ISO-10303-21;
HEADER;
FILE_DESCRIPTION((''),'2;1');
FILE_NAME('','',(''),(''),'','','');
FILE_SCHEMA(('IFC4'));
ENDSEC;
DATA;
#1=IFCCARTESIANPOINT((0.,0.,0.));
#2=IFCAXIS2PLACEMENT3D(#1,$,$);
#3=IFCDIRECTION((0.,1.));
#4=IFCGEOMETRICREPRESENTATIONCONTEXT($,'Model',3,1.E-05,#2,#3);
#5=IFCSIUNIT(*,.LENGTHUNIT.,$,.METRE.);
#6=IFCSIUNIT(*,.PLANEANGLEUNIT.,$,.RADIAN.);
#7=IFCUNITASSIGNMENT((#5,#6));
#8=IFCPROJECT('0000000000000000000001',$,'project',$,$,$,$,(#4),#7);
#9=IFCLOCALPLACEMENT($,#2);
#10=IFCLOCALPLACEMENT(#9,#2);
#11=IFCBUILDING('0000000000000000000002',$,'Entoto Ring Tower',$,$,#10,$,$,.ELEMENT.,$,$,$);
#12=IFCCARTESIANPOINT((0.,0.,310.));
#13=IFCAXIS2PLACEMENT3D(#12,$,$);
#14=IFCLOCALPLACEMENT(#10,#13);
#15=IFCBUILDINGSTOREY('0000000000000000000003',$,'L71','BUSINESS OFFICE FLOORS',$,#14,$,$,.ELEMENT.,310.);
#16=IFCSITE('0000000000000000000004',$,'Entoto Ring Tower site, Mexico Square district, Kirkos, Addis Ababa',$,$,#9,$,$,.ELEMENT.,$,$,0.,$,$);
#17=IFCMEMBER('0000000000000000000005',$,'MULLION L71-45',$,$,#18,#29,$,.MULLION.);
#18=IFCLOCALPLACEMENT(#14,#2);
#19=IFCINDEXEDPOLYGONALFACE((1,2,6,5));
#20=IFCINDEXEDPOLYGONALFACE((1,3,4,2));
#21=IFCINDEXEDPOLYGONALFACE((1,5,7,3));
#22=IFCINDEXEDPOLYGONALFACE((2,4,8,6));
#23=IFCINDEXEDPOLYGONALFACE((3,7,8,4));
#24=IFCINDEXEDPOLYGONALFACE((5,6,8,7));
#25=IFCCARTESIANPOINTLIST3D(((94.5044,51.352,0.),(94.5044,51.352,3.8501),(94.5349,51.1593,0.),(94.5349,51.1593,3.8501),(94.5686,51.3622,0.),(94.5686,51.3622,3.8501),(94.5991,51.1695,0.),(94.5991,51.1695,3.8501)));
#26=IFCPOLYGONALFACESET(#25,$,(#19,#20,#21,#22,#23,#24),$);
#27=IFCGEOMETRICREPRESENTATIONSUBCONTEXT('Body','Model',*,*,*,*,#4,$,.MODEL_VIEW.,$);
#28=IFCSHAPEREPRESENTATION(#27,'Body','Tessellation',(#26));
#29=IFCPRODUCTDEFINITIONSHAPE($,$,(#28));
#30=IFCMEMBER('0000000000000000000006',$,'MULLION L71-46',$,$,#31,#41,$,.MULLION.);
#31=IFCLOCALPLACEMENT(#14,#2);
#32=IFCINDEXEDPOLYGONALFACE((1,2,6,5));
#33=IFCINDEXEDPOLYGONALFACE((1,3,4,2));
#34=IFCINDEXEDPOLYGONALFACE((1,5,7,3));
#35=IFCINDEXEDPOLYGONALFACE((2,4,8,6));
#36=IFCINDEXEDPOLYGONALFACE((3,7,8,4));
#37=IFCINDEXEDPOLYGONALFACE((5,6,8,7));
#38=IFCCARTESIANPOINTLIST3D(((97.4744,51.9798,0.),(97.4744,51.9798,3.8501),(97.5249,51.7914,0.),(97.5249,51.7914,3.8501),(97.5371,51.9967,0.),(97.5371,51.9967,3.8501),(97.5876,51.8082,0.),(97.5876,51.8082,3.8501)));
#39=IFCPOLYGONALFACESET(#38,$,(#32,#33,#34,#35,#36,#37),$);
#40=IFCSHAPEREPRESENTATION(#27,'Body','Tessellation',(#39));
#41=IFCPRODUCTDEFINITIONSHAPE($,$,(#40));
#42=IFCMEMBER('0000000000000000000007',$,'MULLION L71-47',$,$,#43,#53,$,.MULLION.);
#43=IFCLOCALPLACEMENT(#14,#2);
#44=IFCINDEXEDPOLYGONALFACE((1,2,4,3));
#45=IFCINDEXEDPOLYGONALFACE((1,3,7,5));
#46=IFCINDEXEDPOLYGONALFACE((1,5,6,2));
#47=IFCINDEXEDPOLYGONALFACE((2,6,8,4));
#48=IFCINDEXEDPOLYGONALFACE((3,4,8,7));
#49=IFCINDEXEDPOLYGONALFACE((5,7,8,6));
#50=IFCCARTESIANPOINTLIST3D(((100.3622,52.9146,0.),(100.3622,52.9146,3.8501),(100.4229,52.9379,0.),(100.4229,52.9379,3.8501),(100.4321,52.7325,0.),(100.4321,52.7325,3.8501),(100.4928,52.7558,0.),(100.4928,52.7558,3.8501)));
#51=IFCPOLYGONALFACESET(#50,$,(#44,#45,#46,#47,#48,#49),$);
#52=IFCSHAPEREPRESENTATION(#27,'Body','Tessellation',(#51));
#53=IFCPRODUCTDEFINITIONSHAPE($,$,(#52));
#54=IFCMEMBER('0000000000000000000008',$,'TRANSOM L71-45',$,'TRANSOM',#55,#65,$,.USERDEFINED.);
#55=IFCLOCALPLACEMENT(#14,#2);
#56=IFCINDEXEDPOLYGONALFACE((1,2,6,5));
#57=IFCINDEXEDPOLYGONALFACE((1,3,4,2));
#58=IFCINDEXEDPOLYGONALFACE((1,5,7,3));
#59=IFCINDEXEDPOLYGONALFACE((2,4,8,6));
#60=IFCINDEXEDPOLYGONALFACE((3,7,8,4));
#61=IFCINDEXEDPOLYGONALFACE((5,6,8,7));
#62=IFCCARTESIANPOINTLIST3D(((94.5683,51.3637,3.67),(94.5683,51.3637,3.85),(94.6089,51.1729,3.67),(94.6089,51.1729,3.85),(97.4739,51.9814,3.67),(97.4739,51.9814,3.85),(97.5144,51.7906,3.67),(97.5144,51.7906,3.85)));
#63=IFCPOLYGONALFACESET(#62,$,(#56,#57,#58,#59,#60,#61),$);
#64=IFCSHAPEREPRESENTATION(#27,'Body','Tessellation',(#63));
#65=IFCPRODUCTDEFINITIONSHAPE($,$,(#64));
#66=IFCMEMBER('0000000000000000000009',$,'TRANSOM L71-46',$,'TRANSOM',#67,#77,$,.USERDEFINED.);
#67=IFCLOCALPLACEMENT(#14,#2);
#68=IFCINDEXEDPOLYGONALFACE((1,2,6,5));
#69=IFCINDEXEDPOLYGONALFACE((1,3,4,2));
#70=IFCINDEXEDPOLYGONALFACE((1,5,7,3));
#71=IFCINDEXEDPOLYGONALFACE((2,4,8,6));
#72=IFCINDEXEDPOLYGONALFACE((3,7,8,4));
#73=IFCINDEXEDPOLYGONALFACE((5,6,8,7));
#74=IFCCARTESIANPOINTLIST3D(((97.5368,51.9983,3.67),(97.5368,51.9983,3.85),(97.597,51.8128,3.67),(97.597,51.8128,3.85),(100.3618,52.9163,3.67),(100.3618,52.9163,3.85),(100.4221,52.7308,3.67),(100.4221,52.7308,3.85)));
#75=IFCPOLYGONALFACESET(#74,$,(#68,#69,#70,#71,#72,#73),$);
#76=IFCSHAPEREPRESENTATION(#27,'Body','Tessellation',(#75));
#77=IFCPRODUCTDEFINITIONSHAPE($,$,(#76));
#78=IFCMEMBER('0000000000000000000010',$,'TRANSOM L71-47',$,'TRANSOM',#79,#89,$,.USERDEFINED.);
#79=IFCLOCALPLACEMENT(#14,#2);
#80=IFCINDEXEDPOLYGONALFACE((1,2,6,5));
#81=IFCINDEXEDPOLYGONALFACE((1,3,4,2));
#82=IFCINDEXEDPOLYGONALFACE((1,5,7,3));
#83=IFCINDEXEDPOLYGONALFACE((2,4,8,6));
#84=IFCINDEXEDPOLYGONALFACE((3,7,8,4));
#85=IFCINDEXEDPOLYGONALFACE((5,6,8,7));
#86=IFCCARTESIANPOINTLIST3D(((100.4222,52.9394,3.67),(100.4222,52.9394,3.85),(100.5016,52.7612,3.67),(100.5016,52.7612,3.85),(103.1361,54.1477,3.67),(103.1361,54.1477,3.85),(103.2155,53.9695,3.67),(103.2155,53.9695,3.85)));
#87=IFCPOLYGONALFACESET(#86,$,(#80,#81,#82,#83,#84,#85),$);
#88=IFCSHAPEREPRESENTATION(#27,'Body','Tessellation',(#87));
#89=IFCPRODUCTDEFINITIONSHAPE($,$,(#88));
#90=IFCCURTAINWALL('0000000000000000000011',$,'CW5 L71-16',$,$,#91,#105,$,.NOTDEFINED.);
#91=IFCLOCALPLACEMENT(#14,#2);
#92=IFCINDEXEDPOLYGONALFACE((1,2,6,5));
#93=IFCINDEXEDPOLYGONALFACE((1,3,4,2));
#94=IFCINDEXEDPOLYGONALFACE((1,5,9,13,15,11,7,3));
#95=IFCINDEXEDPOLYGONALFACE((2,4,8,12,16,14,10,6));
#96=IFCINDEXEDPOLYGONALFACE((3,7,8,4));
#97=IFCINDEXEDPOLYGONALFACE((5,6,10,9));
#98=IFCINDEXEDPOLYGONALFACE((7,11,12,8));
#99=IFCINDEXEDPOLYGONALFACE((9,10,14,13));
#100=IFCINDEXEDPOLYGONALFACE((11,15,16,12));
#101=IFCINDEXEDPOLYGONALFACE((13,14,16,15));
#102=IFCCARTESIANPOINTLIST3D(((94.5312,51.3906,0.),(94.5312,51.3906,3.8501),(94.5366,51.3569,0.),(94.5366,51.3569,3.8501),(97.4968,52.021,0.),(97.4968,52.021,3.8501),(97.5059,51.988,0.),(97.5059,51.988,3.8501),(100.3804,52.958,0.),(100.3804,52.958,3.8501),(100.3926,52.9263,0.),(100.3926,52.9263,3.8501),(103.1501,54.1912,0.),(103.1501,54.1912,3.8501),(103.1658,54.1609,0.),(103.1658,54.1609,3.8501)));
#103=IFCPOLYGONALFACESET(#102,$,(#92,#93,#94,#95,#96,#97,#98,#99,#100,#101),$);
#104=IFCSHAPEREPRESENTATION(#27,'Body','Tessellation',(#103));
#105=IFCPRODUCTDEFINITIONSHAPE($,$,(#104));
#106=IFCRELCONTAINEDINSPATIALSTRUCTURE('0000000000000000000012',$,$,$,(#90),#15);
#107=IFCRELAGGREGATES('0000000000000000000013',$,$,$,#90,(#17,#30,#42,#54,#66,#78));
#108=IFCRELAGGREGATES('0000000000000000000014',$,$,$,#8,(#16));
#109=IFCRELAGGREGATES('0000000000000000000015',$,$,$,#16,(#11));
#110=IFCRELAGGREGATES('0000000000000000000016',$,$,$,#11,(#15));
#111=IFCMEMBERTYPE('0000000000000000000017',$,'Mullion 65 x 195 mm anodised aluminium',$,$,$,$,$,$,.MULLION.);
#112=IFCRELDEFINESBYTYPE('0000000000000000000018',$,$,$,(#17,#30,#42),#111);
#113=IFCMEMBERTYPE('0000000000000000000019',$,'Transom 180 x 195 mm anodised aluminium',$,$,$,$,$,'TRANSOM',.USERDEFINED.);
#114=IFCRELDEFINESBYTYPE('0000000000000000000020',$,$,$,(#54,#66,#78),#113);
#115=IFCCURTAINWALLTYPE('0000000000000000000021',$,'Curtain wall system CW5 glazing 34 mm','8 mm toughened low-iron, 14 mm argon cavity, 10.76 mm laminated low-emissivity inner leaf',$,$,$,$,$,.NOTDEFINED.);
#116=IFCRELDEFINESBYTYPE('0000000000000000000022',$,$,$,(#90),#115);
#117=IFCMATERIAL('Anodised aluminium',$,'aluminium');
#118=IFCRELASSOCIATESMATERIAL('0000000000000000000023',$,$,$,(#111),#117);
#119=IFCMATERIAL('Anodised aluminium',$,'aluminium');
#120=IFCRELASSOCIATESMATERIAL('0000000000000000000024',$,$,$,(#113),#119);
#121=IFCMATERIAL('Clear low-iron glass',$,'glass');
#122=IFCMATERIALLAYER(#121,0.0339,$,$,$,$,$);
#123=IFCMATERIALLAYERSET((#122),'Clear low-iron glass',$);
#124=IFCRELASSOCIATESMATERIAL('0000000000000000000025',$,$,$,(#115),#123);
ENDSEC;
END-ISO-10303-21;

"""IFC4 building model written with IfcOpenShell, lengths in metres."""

from ifc_helpers import new_model, si_unit, direction, frame, origin, origin_2d, place, context, subcontext, project, spatial, polyline, rectangle, outline, extrude, material, layer, layer_set, material_profile, profile_set, type_object, element, aggregate, save


model = new_model("IFC4")

# Units and contexts
model_context = context("Model", 3, precision=1e-05, world=origin(), true_north=direction((0.0, 1.0)))
body_context = subcontext(model_context, "Body", "Model", "MODEL_VIEW")
ifc_project = project(units=[si_unit("LENGTHUNIT", "METRE"), si_unit("PLANEANGLEUNIT", "RADIAN")], contexts=[model_context])

# Members
ifc_material_1 = material(Name="Anodised aluminium", Category="aluminium")
ifc_material_profile_1 = material_profile(ifc_material_1, rectangle(XDim=0.0649, YDim=0.1951, at=origin_2d()), Name="Mullion 65 x 195 mm anodised aluminium")
ifc_profile_set_1 = profile_set([ifc_material_profile_1], Name="Anodised aluminium")
member_type_1 = type_object("IfcMemberType", Name="Mullion 65 x 195 mm anodised aluminium", PredefinedType="MULLION", material=ifc_profile_set_1)
site_placement = place(None, origin())
building_placement = place(site_placement, origin())
storey_placement = place(building_placement, frame((0.0, 0.0, 310.0)))
member_1_placement = place(storey_placement, frame((94.5518, 51.2607, 0.0), z_axis=(0.0, 0.0, 1.0), x_axis=(0.987688, 0.156434, 0.0)))
member_1 = element("IfcMember", 1, at=member_1_placement, type_object=member_type_1, Name="MULLION L71-45", PredefinedType="MULLION", context=body_context, shape_type="SweptSolid", body=[
    extrude(rectangle(XDim=0.0649, YDim=0.1951, at=origin_2d()), origin(), (0.0, 0.0, 1.0), 3.8501),
])
member_2_placement = place(storey_placement, frame((97.531, 51.894, 0.0), z_axis=(0.0, 0.0, 1.0), x_axis=(0.965926, 0.258819, 0.0)))
member_2 = element("IfcMember", 2, at=member_2_placement, type_object=member_type_1, Name="MULLION L71-46", PredefinedType="MULLION", context=body_context, shape_type="SweptSolid", body=[
    extrude(rectangle(XDim=0.0649, YDim=0.1951, at=origin_2d()), origin(), (0.0, 0.0, 1.0), 3.8501),
])
member_3_placement = place(storey_placement, frame((100.4275, 52.8352, 0.0), z_axis=(0.0, 0.0, 1.0), x_axis=(0.93358, 0.358368, 0.0)))
member_3 = element("IfcMember", 3, at=member_3_placement, type_object=member_type_1, Name="MULLION L71-47", PredefinedType="MULLION", context=body_context, shape_type="SweptSolid", body=[
    extrude(rectangle(XDim=0.0649, YDim=0.1951, at=origin_2d()), origin(), (0.0, 0.0, 1.0), 3.8501),
])
ifc_material_2 = material(Name="Anodised aluminium", Category="aluminium")
ifc_material_profile_2 = material_profile(ifc_material_2, rectangle(XDim=0.1951, YDim=0.1799, at=origin_2d()), Name="Transom 180 x 195 mm anodised aluminium")
ifc_profile_set_2 = profile_set([ifc_material_profile_2], Name="Anodised aluminium")
member_type_2 = type_object("IfcMemberType", Name="Transom 180 x 195 mm anodised aluminium", ElementType="TRANSOM", PredefinedType="USERDEFINED", material=ifc_profile_set_2)
member_4_placement = place(storey_placement, frame((94.5886, 51.2683, 3.76), z_axis=(0.978142, 0.20794, 0.0), x_axis=(-0.20794, 0.978142, 0.0)))
member_4 = element("IfcMember", 4, at=member_4_placement, type_object=member_type_2, Name="TRANSOM L71-45", ObjectType="TRANSOM", PredefinedType="USERDEFINED", context=body_context, shape_type="SweptSolid", body=[
    extrude(rectangle(XDim=0.1951, YDim=0.1799, at=origin_2d()), origin(), (0.0, 0.0, 1.0), 2.9705),
])
member_5_placement = place(storey_placement, frame((97.5669, 51.9055, 3.76), z_axis=(0.951048, 0.309043, 0.0), x_axis=(-0.309043, 0.951048, 0.0)))
member_5 = element("IfcMember", 5, at=member_5_placement, type_object=member_type_2, Name="TRANSOM L71-46", ObjectType="TRANSOM", PredefinedType="USERDEFINED", context=body_context, shape_type="SweptSolid", body=[
    extrude(rectangle(XDim=0.1951, YDim=0.1799, at=origin_2d()), origin(), (0.0, 0.0, 1.0), 2.9705),
])
member_6_placement = place(storey_placement, frame((100.4619, 52.8503, 3.76), z_axis=(0.91355, 0.406726, 0.0), x_axis=(-0.406726, 0.91355, 0.0)))
member_6 = element("IfcMember", 6, at=member_6_placement, type_object=member_type_2, Name="TRANSOM L71-47", ObjectType="TRANSOM", PredefinedType="USERDEFINED", context=body_context, shape_type="SweptSolid", body=[
    extrude(rectangle(XDim=0.1951, YDim=0.1799, at=origin_2d()), origin(), (0.0, 0.0, 1.0), 2.9707),
])

# Site, building, storey
site = spatial("IfcSite", under=ifc_project, at=site_placement, Name="Entoto Ring Tower site, Mexico Square district, Kirkos, Addis Ababa", CompositionType="ELEMENT", RefElevation=0.0)
building = spatial("IfcBuilding", under=site, at=building_placement, Name="Entoto Ring Tower", CompositionType="ELEMENT")
storey = spatial("IfcBuildingStorey", under=building, at=storey_placement, Name="L71", Description="BUSINESS OFFICE FLOORS", CompositionType="ELEMENT", Elevation=310.0)

# Curtain wall
ifc_material_3 = material(Name="Clear low-iron glass", Category="glass")
ifc_layer_1 = layer(ifc_material_3, 0.0339)
ifc_layer_set_1 = layer_set([ifc_layer_1], Name="Clear low-iron glass")
curtain_wall_type = type_object("IfcCurtainWallType", Name="Curtain wall system CW5 glazing 34 mm", Description="8 mm toughened low-iron, 14 mm argon cavity, 10.76 mm laminated low-emissivity inner leaf", PredefinedType="NOTDEFINED", material=ifc_layer_set_1)
curtain_wall_1_placement = place(storey_placement, origin())
curtain_wall_1 = element("IfcCurtainWall", 7, at=curtain_wall_1_placement, inside=storey, type_object=curtain_wall_type, Name="CW5 L71-16", PredefinedType="NOTDEFINED", context=body_context, shape_type="SweptSolid", body=[
    extrude(outline(polyline([(94.5366, 51.3569), (97.5059, 51.988), (100.3926, 52.9263), (103.1658, 54.1609), (103.1501, 54.1912), (100.3804, 52.958), (97.4968, 52.021), (94.5312, 51.3906), (94.5366, 51.3569)])), origin(), (0.0, 0.0, 1.0), 3.8501),
])
aggregate(curtain_wall_1, [member_1, member_2, member_3, member_4, member_5, member_6])

save(model, "model.ifc")
